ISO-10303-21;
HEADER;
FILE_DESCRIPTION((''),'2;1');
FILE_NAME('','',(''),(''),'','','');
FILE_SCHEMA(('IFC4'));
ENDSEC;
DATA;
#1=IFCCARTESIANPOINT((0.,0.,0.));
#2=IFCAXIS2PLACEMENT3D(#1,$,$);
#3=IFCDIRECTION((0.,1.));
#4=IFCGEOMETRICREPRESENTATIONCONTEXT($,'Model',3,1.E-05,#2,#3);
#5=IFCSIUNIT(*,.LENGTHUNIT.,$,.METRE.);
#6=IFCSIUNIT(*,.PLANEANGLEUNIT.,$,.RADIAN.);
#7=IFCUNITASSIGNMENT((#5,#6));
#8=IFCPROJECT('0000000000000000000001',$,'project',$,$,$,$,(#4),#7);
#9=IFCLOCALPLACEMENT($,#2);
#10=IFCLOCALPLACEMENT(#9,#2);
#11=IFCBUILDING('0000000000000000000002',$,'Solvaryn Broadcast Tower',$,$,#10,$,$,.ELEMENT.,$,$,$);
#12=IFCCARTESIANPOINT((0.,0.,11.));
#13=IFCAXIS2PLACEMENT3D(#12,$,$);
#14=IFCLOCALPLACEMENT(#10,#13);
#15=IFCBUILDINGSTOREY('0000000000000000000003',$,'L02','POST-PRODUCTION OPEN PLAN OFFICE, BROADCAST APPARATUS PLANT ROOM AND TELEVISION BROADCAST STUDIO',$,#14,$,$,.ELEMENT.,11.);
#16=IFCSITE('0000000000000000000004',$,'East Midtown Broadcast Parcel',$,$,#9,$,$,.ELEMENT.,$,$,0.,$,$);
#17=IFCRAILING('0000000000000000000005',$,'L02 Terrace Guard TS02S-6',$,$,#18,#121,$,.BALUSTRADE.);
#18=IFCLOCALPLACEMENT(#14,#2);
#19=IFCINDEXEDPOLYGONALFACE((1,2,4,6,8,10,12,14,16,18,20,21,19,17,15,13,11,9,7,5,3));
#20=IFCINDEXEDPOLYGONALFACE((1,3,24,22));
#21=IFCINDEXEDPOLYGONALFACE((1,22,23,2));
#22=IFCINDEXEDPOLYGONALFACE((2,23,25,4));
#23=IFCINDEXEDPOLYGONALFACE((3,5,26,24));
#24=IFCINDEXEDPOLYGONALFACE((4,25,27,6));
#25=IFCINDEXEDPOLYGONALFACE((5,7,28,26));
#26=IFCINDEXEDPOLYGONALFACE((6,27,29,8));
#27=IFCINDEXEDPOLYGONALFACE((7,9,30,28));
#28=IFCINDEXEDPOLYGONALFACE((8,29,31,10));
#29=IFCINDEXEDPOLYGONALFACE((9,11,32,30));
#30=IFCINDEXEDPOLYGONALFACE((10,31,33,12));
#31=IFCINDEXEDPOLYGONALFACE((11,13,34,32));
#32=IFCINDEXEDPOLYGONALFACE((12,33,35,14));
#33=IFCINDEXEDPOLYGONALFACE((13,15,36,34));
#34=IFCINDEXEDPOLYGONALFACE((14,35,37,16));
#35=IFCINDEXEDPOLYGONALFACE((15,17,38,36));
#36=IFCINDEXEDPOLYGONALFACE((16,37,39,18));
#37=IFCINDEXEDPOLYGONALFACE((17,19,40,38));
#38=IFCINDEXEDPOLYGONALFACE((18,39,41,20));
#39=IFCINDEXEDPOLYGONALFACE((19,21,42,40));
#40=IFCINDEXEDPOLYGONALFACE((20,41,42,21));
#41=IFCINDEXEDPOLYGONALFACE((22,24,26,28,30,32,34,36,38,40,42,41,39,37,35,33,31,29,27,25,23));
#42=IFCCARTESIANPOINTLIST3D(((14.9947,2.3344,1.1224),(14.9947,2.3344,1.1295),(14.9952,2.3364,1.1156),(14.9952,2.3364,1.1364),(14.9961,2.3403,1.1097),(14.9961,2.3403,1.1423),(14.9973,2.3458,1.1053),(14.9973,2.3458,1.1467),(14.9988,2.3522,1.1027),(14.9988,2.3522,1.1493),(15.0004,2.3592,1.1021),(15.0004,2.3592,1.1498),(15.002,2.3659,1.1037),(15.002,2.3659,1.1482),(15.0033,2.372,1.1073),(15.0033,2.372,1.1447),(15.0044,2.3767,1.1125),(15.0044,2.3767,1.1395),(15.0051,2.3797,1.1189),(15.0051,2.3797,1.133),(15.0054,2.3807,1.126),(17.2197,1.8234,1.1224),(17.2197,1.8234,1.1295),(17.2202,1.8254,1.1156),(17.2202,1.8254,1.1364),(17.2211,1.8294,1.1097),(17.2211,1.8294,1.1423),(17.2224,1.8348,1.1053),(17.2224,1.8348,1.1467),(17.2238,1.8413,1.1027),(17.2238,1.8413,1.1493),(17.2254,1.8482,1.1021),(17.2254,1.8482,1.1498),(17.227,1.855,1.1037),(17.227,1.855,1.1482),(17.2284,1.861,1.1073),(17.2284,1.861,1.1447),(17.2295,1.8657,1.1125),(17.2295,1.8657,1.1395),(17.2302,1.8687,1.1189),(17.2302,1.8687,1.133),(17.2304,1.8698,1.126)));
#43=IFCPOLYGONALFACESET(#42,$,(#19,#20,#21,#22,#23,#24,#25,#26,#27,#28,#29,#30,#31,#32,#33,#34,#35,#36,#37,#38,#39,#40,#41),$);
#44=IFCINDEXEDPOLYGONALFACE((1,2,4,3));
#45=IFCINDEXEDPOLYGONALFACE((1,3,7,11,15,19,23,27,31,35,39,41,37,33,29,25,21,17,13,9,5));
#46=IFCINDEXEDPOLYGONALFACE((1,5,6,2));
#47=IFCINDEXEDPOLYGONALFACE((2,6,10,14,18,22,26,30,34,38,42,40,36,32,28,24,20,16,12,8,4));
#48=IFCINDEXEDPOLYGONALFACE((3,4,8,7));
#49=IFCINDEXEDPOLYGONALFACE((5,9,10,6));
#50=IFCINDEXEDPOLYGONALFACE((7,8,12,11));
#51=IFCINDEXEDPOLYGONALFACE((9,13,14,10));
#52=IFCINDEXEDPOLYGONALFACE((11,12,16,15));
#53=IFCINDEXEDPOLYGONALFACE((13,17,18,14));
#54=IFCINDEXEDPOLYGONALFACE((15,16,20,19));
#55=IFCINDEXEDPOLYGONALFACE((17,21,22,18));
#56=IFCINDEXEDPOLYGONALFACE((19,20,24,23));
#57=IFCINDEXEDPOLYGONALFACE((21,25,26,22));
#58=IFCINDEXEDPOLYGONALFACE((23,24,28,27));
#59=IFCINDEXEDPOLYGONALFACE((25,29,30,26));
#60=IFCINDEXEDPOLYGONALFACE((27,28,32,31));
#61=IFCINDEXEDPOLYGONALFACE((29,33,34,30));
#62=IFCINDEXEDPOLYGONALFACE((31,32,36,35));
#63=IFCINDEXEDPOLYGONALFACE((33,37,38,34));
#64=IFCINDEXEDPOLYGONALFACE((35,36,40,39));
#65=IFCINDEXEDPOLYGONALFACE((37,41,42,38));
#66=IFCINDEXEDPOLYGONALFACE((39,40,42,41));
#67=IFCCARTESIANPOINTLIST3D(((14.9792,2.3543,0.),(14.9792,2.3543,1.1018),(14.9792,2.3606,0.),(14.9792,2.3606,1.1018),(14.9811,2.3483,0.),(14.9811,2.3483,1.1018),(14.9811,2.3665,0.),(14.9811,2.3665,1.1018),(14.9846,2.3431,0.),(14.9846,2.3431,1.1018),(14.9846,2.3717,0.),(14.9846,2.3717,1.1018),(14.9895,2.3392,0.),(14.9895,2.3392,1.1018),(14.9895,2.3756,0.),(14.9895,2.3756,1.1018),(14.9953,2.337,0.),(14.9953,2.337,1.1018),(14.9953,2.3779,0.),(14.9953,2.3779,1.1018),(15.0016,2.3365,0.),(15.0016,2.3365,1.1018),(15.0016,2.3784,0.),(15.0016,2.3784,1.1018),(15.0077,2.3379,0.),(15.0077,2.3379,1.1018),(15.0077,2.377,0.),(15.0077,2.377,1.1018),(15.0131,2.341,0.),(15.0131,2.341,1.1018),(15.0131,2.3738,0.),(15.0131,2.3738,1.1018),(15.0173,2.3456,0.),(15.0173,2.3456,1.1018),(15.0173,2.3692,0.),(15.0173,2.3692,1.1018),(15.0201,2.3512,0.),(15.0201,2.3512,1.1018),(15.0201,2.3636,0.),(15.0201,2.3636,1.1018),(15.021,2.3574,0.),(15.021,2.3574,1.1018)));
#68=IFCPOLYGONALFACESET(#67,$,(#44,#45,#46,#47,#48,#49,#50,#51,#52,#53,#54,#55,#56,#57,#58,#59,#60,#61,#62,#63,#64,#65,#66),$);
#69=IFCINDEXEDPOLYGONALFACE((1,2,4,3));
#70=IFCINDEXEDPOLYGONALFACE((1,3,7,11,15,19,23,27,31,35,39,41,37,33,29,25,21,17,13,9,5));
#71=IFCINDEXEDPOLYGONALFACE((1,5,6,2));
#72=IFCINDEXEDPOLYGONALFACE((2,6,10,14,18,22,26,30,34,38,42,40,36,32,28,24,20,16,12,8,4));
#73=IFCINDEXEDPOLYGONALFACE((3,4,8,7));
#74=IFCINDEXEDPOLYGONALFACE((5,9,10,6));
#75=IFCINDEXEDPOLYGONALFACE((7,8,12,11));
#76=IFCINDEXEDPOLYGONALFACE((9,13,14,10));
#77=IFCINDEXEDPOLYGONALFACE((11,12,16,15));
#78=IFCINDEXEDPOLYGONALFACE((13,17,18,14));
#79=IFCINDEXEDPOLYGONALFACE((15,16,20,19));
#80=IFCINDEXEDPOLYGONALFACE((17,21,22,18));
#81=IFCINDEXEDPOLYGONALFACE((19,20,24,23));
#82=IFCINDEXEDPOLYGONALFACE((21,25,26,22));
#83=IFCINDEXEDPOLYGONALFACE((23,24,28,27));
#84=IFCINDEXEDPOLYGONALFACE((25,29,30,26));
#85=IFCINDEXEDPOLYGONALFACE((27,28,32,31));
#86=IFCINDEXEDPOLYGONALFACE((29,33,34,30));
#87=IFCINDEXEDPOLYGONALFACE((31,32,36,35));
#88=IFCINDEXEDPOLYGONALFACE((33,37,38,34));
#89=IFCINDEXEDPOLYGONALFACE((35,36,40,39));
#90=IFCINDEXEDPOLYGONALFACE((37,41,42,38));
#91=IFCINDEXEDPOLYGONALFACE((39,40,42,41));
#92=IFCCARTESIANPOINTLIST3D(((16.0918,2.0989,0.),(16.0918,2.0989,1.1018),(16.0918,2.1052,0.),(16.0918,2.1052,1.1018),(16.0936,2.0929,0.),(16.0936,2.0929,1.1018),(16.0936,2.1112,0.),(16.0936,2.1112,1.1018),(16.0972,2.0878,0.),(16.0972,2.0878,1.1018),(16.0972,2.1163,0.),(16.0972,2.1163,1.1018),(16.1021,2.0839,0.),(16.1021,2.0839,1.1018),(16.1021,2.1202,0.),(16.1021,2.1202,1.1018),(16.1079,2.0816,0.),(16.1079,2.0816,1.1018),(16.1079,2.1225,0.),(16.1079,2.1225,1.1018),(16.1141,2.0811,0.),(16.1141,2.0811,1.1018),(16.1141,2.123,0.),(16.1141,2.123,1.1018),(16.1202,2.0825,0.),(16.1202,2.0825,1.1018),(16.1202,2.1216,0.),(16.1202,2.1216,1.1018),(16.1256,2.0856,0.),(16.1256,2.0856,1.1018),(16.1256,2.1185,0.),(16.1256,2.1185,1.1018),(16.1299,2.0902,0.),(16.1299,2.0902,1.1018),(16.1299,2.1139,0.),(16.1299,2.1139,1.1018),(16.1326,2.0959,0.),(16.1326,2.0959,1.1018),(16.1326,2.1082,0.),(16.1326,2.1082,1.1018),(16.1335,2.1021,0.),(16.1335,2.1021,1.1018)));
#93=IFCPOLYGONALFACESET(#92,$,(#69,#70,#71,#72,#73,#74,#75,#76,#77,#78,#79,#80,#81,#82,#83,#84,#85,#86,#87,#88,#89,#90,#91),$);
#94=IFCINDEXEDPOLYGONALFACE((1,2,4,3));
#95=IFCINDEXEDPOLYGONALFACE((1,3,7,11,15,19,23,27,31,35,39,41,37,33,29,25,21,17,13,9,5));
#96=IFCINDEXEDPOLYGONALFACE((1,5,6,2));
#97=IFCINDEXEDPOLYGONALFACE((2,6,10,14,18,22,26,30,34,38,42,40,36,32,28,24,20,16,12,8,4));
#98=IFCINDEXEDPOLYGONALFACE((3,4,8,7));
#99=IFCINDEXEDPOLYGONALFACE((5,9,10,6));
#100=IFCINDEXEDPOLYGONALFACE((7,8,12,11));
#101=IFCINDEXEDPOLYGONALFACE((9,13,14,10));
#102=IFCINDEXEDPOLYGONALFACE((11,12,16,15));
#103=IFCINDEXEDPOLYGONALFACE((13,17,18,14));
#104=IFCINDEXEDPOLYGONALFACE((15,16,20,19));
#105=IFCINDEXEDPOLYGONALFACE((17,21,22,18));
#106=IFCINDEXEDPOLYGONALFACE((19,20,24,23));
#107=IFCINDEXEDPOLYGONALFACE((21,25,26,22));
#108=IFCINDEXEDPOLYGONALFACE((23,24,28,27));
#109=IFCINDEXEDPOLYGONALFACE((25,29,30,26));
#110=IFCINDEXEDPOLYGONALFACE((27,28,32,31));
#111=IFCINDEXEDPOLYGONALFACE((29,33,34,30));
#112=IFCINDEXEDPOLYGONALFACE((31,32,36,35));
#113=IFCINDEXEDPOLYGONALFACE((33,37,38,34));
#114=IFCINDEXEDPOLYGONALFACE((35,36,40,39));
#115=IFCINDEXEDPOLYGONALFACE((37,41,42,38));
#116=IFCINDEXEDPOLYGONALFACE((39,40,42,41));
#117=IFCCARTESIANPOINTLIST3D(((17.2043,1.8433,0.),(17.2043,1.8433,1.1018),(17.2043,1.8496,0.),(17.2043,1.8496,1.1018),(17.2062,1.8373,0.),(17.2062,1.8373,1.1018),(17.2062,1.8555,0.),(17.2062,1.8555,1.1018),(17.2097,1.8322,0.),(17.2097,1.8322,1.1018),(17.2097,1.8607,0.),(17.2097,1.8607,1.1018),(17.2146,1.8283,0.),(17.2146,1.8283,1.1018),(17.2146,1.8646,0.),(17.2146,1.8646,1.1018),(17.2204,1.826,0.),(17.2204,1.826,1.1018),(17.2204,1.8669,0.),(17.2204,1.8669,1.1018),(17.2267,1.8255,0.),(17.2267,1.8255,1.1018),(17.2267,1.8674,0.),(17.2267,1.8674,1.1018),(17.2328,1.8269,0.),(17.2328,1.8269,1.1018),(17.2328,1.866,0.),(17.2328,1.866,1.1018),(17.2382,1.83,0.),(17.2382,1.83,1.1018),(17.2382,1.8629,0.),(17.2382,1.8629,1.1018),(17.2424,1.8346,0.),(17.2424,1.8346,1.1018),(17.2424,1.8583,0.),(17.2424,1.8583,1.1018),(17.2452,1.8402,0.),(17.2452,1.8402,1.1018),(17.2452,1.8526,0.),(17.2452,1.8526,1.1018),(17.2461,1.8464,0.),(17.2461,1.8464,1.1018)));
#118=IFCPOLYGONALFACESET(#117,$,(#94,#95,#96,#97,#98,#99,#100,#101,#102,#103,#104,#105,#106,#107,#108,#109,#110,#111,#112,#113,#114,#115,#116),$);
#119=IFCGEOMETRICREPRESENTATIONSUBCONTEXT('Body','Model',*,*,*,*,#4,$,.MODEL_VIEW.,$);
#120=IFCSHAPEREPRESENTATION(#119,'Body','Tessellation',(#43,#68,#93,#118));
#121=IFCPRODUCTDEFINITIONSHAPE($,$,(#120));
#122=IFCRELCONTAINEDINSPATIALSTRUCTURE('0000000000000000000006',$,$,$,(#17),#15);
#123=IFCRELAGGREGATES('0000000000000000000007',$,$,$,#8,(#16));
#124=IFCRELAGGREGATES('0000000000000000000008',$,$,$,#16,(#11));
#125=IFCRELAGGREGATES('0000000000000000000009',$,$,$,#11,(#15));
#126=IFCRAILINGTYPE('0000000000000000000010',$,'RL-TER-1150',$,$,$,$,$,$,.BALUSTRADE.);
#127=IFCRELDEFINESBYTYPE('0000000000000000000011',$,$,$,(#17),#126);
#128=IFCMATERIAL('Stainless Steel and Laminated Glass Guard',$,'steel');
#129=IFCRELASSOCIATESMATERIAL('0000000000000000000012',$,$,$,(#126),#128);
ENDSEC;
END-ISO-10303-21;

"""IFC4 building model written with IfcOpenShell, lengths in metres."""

from ifc_helpers import new_model, si_unit, direction, frame, origin, origin_2d, place, context, subcontext, project, spatial, circle, extrude, material, type_object, element, save


model = new_model("IFC4")

# Units and contexts
model_context = context("Model", 3, precision=1e-05, world=origin(), true_north=direction((0.0, 1.0)))
body_context = subcontext(model_context, "Body", "Model", "MODEL_VIEW")
ifc_project = project(units=[si_unit("LENGTHUNIT", "METRE"), si_unit("PLANEANGLEUNIT", "RADIAN")], contexts=[model_context])

# Site, building, storey
site_placement = place(None, origin())
site = spatial("IfcSite", under=ifc_project, at=site_placement, Name="East Midtown Broadcast Parcel", CompositionType="ELEMENT", RefElevation=0.0)
building_placement = place(site_placement, origin())
building = spatial("IfcBuilding", under=site, at=building_placement, Name="Solvaryn Broadcast Tower", CompositionType="ELEMENT")
storey_placement = place(building_placement, frame((0.0, 0.0, 11.0)))
storey = spatial("IfcBuildingStorey", under=building, at=storey_placement, Name="L02", Description="POST-PRODUCTION OPEN PLAN OFFICE, BROADCAST APPARATUS PLANT ROOM AND TELEVISION BROADCAST STUDIO", CompositionType="ELEMENT", Elevation=11.0)

# Railing
ifc_material_1 = material(Name="Stainless Steel and Laminated Glass Guard", Category="steel")
railing_type = type_object("IfcRailingType", Name="RL-TER-1150", PredefinedType="BALUSTRADE", material=ifc_material_1)
railing_1_placement = place(storey_placement, frame((15.0, 2.3574, 0.0)))
element("IfcRailing", 1, at=railing_1_placement, inside=storey, type_object=railing_type, Name="L02 Terrace Guard TS02S-6", PredefinedType="BALUSTRADE", context=body_context, shape_type="SweptSolid", body=[
    extrude(circle(Radius=0.0239, at=origin_2d()), frame((0.0, 0.0, 1.126), z_axis=(0.97463, -0.223821, 0.0), x_axis=(0.223821, 0.97463, 0.0)), (0.0, 0.0, 1.0), 2.283),
    extrude(circle(Radius=0.021, at=origin_2d()), origin(), (0.0, 0.0, 1.0), 1.1018),
    extrude(circle(Radius=0.021, at=origin_2d()), frame((1.1125, -0.2554, 0.0)), (0.0, 0.0, 1.0), 1.1018),
    extrude(circle(Radius=0.021, at=origin_2d()), frame((2.2251, -0.511, 0.0)), (0.0, 0.0, 1.0), 1.1018),
])

save(model, "model.ifc")
